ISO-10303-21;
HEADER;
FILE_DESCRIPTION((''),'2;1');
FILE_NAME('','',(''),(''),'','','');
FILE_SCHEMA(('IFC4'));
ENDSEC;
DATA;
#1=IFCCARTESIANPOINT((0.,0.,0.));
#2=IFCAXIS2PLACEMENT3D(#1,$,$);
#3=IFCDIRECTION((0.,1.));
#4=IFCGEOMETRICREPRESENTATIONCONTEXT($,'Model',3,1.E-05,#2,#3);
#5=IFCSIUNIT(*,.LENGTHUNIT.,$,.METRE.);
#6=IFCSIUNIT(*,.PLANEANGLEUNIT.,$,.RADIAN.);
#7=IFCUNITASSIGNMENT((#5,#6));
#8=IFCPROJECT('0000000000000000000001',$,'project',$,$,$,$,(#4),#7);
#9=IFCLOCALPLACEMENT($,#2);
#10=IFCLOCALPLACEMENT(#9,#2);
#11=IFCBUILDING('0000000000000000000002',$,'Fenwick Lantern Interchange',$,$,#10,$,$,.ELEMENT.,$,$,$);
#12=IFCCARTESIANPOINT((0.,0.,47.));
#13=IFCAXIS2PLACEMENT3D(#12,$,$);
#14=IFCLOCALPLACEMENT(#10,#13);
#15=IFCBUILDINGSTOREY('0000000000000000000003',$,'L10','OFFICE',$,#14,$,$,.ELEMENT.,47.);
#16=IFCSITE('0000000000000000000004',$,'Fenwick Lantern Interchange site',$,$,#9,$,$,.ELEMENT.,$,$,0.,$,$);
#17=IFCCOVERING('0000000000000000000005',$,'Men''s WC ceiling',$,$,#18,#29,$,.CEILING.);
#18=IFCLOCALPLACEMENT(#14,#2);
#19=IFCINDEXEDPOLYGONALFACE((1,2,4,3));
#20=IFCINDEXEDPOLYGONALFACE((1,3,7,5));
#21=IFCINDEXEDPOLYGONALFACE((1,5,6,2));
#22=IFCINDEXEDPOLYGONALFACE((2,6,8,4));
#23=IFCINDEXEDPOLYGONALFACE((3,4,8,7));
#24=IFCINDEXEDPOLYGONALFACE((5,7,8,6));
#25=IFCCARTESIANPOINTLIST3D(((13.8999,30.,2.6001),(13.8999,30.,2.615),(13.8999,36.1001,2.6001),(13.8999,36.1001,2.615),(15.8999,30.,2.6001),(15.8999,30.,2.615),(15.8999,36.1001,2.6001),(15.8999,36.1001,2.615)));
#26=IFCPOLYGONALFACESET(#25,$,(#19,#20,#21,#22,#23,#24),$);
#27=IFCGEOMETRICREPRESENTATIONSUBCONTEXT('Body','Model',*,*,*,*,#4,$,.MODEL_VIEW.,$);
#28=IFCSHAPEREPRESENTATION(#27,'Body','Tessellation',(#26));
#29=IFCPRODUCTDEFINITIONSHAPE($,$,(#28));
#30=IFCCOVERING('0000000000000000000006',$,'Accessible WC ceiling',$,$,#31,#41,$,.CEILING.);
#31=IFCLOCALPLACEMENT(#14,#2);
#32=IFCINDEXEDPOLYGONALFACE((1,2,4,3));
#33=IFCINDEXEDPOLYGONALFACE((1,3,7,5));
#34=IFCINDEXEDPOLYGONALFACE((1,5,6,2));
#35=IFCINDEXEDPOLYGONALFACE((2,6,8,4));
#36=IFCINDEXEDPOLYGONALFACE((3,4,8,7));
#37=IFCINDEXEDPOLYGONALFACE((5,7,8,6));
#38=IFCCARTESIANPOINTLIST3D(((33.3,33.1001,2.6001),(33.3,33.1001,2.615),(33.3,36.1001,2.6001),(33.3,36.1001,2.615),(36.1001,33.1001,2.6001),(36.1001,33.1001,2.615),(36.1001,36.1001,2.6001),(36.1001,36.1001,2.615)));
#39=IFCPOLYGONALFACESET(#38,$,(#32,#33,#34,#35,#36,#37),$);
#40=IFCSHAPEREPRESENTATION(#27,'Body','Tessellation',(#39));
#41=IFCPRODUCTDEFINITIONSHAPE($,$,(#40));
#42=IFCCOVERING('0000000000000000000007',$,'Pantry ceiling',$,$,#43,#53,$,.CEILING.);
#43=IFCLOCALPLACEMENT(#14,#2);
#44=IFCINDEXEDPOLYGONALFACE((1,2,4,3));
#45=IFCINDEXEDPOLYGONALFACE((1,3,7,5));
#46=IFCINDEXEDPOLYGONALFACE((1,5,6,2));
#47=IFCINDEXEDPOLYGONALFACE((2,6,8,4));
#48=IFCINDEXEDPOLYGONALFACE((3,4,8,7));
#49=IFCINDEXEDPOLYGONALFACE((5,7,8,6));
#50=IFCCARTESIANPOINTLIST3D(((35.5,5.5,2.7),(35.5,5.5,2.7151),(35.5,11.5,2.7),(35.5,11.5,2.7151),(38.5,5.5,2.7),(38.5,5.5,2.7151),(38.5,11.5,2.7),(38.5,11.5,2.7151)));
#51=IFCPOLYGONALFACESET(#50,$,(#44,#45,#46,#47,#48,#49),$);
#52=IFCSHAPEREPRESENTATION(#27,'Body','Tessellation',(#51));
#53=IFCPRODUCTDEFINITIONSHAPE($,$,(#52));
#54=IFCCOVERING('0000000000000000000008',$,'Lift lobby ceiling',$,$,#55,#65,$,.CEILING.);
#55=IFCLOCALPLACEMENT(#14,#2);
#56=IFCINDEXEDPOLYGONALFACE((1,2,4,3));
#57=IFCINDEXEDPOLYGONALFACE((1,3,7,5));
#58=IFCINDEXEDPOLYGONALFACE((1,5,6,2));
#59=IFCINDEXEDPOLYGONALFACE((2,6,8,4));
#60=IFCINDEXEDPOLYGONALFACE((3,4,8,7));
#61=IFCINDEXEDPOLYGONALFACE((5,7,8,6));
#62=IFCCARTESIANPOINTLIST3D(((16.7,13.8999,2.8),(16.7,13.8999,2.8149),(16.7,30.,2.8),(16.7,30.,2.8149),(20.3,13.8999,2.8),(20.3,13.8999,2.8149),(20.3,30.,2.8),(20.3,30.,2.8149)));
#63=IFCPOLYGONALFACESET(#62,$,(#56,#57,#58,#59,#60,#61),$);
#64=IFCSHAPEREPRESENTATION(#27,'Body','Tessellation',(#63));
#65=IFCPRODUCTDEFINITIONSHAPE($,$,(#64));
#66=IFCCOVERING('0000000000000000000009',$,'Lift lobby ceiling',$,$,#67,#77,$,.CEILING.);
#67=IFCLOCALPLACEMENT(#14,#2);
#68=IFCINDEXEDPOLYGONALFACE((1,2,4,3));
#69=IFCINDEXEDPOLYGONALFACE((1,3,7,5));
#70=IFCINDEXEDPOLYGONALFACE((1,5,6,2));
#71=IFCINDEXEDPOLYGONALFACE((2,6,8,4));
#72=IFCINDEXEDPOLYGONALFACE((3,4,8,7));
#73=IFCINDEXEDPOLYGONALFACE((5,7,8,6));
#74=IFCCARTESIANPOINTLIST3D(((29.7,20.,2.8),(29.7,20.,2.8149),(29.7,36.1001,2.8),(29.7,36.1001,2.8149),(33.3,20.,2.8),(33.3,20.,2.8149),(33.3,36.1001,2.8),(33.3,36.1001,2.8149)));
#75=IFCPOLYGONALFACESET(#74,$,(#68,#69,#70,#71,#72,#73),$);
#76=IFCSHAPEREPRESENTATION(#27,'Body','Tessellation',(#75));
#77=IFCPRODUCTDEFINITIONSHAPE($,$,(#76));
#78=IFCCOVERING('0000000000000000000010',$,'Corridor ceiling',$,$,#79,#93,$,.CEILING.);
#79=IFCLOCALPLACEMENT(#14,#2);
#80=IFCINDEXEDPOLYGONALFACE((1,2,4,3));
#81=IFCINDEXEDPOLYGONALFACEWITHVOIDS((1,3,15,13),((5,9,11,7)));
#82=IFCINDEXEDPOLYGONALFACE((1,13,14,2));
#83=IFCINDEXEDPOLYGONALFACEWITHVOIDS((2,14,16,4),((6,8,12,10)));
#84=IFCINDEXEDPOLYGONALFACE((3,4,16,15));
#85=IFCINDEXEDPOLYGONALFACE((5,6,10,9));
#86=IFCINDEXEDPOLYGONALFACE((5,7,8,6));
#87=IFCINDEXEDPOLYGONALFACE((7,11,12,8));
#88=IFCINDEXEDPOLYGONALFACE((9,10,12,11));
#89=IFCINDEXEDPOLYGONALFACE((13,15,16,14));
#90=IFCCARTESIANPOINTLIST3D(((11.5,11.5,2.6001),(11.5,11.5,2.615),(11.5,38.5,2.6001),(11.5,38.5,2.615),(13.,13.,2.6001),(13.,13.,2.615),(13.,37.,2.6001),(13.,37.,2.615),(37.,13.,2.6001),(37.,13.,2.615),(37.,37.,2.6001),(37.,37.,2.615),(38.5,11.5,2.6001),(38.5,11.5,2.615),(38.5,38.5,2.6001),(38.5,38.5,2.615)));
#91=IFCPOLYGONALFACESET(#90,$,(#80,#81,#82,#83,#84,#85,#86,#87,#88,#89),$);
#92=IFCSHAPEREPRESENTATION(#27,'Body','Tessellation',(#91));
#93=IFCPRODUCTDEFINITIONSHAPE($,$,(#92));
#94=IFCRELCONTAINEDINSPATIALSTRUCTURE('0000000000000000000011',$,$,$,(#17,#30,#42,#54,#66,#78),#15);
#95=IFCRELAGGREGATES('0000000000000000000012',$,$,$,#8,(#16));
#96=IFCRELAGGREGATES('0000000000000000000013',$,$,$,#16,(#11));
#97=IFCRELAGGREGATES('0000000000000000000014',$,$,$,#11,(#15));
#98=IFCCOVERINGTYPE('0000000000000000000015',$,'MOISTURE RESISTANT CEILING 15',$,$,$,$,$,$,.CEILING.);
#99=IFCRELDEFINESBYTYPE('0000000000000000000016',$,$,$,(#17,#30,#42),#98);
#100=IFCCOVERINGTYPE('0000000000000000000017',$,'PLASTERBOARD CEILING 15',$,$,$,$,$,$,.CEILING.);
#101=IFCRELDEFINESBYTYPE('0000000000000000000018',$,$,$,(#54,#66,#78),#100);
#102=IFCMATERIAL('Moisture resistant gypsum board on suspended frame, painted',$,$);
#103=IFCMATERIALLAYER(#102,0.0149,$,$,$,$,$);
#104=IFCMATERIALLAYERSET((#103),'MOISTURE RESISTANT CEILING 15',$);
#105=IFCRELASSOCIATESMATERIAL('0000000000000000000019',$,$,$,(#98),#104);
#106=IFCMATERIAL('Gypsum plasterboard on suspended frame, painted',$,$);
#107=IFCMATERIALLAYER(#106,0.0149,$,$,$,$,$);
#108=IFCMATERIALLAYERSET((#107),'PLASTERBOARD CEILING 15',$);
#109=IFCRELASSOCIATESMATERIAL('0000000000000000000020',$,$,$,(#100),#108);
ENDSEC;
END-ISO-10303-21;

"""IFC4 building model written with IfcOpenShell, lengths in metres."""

from ifc_helpers import new_model, si_unit, direction, frame, origin, place, context, subcontext, project, spatial, polyline, outline, extrude, material, layer, layer_set, type_object, element, save


model = new_model("IFC4")

# Units and contexts
model_context = context("Model", 3, precision=1e-05, world=origin(), true_north=direction((0.0, 1.0)))
body_context = subcontext(model_context, "Body", "Model", "MODEL_VIEW")
ifc_project = project(units=[si_unit("LENGTHUNIT", "METRE"), si_unit("PLANEANGLEUNIT", "RADIAN")], contexts=[model_context])

# Site, building, storey
site_placement = place(None, origin())
site = spatial("IfcSite", under=ifc_project, at=site_placement, Name="Fenwick Lantern Interchange site", CompositionType="ELEMENT", RefElevation=0.0)
building_placement = place(site_placement, origin())
building = spatial("IfcBuilding", under=site, at=building_placement, Name="Fenwick Lantern Interchange", CompositionType="ELEMENT")
storey_placement = place(building_placement, frame((0.0, 0.0, 47.0)))
storey = spatial("IfcBuildingStorey", under=building, at=storey_placement, Name="L10", Description="OFFICE", CompositionType="ELEMENT", Elevation=47.0)

# Coverings
ifc_material_1 = material(Name="Moisture resistant gypsum board on suspended frame, painted")
ifc_layer_1 = layer(ifc_material_1, 0.0149)
ifc_layer_set_1 = layer_set([ifc_layer_1], Name="MOISTURE RESISTANT CEILING 15")
covering_type_1 = type_object("IfcCoveringType", Name="MOISTURE RESISTANT CEILING 15", PredefinedType="CEILING", material=ifc_layer_set_1)
covering_1_placement = place(storey_placement, frame((0.0, 0.0, 2.6001)))
element("IfcCovering", 1, at=covering_1_placement, inside=storey, type_object=covering_type_1, Name="Men's WC ceiling", PredefinedType="CEILING", context=body_context, shape_type="SweptSolid", body=[
    extrude(outline(polyline([(15.8999, 36.1001), (13.8999, 36.1001), (13.8999, 30.0), (15.8999, 30.0), (15.8999, 36.1001)])), origin(), (0.0, 0.0, 1.0), 0.0149),
])
covering_2_placement = place(storey_placement, frame((0.0, 0.0, 2.6001)))
element("IfcCovering", 2, at=covering_2_placement, inside=storey, type_object=covering_type_1, Name="Accessible WC ceiling", PredefinedType="CEILING", context=body_context, shape_type="SweptSolid", body=[
    extrude(outline(polyline([(36.1001, 36.1001), (33.3, 36.1001), (33.3, 33.1001), (36.1001, 33.1001), (36.1001, 36.1001)])), origin(), (0.0, 0.0, 1.0), 0.0149),
])
covering_3_placement = place(storey_placement, frame((0.0, 0.0, 2.7)))
element("IfcCovering", 3, at=covering_3_placement, inside=storey, type_object=covering_type_1, Name="Pantry ceiling", PredefinedType="CEILING", context=body_context, shape_type="SweptSolid", body=[
    extrude(outline(polyline([(35.5, 5.5), (38.5, 5.5), (38.5, 11.5), (35.5, 11.5), (35.5, 5.5)])), origin(), (0.0, 0.0, 1.0), 0.0151),
])
ifc_material_2 = material(Name="Gypsum plasterboard on suspended frame, painted")
ifc_layer_2 = layer(ifc_material_2, 0.0149)
ifc_layer_set_2 = layer_set([ifc_layer_2], Name="PLASTERBOARD CEILING 15")
covering_type_2 = type_object("IfcCoveringType", Name="PLASTERBOARD CEILING 15", PredefinedType="CEILING", material=ifc_layer_set_2)
covering_4_placement = place(storey_placement, frame((0.0, 0.0, 2.8)))
element("IfcCovering", 4, at=covering_4_placement, inside=storey, type_object=covering_type_2, Name="Lift lobby ceiling", PredefinedType="CEILING", context=body_context, shape_type="SweptSolid", body=[
    extrude(outline(polyline([(16.7, 13.8999), (20.3, 13.8999), (20.3, 30.0), (16.7, 30.0), (16.7, 13.8999)])), origin(), (0.0, 0.0, 1.0), 0.0149),
])
covering_5_placement = place(storey_placement, frame((0.0, 0.0, 2.8)))
element("IfcCovering", 5, at=covering_5_placement, inside=storey, type_object=covering_type_2, Name="Lift lobby ceiling", PredefinedType="CEILING", context=body_context, shape_type="SweptSolid", body=[
    extrude(outline(polyline([(33.3, 36.1001), (29.7, 36.1001), (29.7, 20.0), (33.3, 20.0), (33.3, 36.1001)])), origin(), (0.0, 0.0, 1.0), 0.0149),
])
covering_6_placement = place(storey_placement, frame((0.0, 0.0, 2.6001)))
element("IfcCovering", 6, at=covering_6_placement, inside=storey, type_object=covering_type_2, Name="Corridor ceiling", PredefinedType="CEILING", context=body_context, shape_type="SweptSolid", body=[
    extrude(outline(polyline([(11.5, 38.5), (11.5, 11.5), (38.5, 11.5), (38.5, 38.5), (11.5, 38.5)]), holes=[polyline([(37.0, 13.0), (13.0, 13.0), (13.0, 37.0), (37.0, 37.0), (37.0, 13.0)])]), origin(), (0.0, 0.0, 1.0), 0.0149),
])

save(model, "model.ifc")
